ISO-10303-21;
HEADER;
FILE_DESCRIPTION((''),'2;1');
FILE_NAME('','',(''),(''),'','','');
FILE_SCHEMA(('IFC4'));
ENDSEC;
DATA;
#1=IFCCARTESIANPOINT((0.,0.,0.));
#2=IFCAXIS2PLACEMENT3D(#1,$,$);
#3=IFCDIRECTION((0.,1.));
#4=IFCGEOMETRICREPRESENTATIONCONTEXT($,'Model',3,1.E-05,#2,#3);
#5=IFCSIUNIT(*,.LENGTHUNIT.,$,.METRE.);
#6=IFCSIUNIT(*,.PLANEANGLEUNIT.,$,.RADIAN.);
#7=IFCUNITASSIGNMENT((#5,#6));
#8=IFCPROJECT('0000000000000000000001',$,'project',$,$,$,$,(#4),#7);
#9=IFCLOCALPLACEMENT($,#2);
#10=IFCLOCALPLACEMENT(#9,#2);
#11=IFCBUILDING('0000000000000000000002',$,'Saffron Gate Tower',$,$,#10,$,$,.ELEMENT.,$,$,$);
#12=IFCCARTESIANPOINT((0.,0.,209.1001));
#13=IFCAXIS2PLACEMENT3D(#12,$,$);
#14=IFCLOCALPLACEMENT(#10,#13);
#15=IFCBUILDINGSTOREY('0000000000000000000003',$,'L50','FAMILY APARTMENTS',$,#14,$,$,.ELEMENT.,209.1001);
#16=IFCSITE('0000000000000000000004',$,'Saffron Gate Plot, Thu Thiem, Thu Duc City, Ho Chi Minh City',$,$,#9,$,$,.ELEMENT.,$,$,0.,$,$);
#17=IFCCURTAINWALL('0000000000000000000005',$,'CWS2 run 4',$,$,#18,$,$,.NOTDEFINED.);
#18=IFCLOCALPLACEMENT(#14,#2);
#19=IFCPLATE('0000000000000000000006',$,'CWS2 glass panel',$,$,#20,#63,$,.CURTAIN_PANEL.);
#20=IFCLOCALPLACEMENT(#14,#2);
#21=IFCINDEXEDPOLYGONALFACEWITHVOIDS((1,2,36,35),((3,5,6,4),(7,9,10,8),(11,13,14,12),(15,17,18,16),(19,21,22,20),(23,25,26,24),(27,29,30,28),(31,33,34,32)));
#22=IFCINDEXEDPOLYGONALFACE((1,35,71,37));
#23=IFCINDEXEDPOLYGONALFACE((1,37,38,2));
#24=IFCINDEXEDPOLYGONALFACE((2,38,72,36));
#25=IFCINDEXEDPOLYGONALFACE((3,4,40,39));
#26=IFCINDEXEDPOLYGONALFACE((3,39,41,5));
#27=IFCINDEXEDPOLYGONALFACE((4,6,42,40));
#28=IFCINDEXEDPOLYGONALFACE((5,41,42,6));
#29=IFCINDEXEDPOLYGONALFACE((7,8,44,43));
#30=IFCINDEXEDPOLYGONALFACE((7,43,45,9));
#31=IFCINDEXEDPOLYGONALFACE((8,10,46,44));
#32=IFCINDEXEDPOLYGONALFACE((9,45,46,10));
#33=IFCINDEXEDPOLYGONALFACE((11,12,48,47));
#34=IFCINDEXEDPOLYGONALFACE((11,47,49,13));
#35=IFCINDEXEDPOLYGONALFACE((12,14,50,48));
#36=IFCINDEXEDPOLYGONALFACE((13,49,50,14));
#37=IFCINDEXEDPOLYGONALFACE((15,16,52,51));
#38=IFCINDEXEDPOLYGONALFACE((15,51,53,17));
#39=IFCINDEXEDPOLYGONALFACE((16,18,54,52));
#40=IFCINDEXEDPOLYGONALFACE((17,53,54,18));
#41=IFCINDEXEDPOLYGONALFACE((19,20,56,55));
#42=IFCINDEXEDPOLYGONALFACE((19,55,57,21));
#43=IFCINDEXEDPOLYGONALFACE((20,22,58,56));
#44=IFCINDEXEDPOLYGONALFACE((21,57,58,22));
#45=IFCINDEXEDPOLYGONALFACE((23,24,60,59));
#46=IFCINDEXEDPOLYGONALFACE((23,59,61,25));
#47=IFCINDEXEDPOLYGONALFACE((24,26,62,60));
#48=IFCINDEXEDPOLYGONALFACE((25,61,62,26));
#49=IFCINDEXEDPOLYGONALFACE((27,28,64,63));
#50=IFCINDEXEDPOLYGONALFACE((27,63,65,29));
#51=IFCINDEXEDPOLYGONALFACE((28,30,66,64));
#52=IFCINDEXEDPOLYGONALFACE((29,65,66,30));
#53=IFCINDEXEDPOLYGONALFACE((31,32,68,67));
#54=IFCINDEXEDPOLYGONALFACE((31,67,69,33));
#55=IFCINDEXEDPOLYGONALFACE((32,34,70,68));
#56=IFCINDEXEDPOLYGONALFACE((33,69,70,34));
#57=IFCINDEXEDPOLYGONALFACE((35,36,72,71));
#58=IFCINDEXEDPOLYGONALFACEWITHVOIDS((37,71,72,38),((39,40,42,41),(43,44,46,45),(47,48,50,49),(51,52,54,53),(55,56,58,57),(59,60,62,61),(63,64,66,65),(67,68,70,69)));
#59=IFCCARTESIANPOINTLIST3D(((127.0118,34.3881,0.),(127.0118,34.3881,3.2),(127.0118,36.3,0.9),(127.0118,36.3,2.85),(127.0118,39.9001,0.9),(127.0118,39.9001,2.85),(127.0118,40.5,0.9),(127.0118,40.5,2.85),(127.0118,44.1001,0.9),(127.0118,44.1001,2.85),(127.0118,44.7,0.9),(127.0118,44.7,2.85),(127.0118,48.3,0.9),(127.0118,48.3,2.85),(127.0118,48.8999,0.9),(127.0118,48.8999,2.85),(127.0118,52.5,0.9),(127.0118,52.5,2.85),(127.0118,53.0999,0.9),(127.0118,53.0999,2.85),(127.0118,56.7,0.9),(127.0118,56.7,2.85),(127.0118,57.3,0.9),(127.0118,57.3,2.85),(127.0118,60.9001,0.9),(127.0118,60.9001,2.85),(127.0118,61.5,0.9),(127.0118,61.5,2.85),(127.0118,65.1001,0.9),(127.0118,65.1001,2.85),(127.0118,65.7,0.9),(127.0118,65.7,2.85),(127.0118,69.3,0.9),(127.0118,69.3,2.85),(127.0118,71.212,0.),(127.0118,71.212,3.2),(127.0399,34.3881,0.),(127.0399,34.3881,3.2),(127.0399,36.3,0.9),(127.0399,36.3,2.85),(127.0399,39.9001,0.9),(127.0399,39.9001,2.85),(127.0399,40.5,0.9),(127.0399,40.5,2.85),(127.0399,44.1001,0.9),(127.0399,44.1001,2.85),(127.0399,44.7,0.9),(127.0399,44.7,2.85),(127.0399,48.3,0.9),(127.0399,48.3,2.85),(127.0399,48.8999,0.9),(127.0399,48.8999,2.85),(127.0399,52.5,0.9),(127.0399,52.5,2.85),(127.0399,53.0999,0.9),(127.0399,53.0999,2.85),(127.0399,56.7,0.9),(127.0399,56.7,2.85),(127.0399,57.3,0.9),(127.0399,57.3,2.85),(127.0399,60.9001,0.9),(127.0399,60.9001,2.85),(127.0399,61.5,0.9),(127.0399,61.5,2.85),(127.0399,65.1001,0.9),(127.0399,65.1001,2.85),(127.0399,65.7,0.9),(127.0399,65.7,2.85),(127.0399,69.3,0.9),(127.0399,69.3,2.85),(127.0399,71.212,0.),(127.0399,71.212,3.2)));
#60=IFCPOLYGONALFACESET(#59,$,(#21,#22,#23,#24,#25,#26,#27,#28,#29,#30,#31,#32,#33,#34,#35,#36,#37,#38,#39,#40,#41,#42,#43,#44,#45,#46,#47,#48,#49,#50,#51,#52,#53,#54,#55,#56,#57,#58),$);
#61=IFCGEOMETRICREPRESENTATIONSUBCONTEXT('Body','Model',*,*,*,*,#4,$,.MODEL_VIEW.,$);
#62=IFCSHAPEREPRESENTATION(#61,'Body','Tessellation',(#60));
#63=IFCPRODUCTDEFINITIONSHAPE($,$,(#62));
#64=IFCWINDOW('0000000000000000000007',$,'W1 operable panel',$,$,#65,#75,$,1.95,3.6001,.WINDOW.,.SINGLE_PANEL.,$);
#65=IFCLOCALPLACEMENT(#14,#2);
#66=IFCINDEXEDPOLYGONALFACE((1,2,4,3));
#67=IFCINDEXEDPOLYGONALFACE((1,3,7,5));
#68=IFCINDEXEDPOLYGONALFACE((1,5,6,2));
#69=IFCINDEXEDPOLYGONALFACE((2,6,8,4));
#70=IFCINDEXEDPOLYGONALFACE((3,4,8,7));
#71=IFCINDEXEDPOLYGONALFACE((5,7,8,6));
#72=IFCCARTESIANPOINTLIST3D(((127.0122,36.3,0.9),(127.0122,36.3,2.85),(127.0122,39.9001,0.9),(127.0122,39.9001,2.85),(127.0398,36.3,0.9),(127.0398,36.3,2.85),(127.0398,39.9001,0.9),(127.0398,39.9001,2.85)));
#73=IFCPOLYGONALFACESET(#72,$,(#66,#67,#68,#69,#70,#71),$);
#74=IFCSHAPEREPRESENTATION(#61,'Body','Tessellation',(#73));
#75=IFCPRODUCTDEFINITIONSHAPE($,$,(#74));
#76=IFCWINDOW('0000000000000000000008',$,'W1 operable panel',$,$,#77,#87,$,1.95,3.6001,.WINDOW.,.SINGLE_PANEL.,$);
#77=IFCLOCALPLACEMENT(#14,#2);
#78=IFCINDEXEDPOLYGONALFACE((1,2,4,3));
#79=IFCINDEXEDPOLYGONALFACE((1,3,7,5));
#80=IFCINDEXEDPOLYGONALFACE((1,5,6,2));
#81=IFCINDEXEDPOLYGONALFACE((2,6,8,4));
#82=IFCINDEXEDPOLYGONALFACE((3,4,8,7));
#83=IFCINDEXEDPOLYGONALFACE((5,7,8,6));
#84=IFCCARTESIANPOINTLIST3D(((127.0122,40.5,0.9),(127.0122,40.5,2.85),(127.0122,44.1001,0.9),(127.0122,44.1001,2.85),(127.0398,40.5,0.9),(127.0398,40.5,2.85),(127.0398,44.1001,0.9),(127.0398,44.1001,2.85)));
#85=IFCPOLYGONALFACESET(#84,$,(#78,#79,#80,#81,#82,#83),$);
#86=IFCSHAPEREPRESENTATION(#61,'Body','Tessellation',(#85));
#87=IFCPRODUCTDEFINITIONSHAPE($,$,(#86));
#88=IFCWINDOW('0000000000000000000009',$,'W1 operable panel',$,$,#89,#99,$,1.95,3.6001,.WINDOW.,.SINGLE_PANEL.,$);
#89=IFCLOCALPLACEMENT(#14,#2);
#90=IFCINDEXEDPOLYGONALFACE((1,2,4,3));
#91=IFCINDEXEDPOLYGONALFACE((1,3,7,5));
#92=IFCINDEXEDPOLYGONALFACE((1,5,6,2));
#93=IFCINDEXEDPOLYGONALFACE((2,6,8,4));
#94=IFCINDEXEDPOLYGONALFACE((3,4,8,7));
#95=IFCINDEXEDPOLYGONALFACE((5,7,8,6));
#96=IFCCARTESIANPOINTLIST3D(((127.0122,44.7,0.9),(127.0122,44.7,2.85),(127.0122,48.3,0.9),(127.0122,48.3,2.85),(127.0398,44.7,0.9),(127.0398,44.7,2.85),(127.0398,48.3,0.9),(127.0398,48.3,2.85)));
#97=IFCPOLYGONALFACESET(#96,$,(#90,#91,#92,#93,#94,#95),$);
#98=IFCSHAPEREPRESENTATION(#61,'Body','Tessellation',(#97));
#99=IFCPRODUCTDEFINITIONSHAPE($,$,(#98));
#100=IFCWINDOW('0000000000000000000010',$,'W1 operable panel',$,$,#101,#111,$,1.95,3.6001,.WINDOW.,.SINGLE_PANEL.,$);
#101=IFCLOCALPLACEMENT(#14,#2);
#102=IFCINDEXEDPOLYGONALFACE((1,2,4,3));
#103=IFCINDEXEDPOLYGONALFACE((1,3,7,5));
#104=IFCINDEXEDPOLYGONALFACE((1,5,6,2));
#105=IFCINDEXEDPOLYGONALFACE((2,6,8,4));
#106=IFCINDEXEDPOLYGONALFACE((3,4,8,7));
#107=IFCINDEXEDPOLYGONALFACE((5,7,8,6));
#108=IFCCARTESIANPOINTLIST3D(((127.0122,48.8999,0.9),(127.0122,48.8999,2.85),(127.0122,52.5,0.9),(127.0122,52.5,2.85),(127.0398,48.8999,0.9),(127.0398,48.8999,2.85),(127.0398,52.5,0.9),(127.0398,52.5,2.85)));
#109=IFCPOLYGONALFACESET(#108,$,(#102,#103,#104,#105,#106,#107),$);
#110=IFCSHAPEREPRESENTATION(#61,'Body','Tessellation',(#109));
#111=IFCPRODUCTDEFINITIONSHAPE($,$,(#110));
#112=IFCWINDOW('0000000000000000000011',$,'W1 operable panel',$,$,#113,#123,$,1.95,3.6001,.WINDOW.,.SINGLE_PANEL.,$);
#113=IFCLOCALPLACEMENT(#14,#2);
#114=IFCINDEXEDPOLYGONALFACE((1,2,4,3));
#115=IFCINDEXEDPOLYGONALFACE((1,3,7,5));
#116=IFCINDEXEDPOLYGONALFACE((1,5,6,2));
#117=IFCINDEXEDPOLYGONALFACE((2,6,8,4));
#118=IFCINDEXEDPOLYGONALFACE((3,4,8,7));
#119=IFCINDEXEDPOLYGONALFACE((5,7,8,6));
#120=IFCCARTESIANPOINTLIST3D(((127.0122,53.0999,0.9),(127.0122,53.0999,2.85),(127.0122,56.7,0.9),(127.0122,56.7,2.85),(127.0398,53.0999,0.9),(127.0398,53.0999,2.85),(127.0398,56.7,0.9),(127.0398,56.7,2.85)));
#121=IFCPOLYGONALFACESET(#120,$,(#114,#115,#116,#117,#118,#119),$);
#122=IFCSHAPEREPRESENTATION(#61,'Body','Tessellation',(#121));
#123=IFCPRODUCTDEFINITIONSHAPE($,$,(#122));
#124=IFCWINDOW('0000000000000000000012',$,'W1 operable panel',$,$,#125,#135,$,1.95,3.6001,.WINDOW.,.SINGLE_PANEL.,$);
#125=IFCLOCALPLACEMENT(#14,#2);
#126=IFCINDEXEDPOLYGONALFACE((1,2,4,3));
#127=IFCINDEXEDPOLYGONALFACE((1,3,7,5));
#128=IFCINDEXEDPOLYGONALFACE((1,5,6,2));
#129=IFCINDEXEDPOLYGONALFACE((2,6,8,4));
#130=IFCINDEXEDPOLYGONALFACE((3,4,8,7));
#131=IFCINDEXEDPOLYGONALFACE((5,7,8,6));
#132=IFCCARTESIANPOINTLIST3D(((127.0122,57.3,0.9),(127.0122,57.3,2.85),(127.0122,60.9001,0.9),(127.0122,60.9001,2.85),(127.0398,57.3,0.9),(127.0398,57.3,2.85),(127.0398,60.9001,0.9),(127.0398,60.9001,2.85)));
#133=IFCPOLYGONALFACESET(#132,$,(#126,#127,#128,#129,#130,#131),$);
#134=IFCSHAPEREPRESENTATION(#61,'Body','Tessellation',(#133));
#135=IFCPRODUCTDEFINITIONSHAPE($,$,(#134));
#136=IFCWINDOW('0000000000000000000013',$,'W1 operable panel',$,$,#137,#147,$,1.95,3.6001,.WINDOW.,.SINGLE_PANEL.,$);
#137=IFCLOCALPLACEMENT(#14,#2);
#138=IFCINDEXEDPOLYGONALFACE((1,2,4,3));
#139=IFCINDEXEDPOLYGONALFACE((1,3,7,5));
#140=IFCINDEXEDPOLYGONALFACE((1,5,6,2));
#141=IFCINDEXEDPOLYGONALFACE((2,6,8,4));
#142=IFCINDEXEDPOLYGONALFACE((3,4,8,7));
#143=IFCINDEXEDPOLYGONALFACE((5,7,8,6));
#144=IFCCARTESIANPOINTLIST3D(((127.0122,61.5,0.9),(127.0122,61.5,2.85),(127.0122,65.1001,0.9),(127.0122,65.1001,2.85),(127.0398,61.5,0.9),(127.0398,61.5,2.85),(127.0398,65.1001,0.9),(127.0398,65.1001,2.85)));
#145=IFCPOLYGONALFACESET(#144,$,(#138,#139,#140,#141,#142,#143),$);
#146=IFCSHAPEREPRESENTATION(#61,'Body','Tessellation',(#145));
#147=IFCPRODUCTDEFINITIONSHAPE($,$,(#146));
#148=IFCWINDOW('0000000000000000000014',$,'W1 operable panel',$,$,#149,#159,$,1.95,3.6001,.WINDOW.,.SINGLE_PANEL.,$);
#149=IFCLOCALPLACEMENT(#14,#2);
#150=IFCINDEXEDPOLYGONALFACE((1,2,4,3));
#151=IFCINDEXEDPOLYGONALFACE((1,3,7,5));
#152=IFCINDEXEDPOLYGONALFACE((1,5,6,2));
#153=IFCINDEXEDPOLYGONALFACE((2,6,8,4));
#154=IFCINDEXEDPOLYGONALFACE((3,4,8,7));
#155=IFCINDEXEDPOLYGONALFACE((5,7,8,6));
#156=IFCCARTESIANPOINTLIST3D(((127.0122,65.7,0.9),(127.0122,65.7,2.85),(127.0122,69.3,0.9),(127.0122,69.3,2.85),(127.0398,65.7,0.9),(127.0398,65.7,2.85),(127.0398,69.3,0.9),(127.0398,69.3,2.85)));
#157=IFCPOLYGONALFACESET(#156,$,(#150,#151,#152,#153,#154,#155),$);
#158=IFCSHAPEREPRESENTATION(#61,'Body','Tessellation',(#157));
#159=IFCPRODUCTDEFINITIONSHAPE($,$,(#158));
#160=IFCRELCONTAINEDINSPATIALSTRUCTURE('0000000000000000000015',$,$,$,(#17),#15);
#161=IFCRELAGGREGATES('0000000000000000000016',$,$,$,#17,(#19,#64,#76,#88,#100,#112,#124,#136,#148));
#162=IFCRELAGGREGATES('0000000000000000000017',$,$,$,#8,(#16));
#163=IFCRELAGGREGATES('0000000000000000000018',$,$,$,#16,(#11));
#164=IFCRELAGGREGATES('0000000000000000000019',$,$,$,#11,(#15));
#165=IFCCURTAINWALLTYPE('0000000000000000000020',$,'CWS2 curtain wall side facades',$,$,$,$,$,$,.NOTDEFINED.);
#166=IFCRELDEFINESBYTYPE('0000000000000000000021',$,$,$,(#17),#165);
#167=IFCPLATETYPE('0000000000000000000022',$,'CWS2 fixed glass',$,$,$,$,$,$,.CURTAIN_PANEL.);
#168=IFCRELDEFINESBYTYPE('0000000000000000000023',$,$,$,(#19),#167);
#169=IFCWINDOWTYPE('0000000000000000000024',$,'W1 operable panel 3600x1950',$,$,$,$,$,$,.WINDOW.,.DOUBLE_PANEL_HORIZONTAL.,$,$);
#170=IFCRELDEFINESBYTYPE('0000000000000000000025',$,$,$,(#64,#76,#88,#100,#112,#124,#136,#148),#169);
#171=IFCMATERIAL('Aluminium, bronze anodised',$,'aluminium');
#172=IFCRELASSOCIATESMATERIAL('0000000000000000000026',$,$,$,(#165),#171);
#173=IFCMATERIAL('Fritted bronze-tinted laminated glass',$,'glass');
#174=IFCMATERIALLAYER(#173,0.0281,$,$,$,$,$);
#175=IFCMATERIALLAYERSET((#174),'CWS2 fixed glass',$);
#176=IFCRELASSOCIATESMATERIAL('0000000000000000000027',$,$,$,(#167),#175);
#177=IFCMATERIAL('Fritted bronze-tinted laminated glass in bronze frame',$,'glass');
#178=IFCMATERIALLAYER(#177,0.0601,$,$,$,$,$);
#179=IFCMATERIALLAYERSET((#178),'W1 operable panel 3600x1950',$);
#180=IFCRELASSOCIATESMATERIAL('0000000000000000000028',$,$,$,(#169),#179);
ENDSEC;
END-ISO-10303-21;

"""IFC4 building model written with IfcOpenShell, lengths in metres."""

from ifc_helpers import new_model, si_unit, direction, frame, frame_2d, origin, place, context, subcontext, project, spatial, rectangle, extrude, material, layer, layer_set, type_object, element, fill, aggregate, save


model = new_model("IFC4")

# Units and contexts
model_context = context("Model", 3, precision=1e-05, world=origin(), true_north=direction((0.0, 1.0)))
body_context = subcontext(model_context, "Body", "Model", "MODEL_VIEW")
ifc_project = project(units=[si_unit("LENGTHUNIT", "METRE"), si_unit("PLANEANGLEUNIT", "RADIAN")], contexts=[model_context])

# Site, building, storey
site_placement = place(None, origin())
site = spatial("IfcSite", under=ifc_project, at=site_placement, Name="Saffron Gate Plot, Thu Thiem, Thu Duc City, Ho Chi Minh City", CompositionType="ELEMENT", RefElevation=0.0)
building_placement = place(site_placement, origin())
building = spatial("IfcBuilding", under=site, at=building_placement, Name="Saffron Gate Tower", CompositionType="ELEMENT")
storey_placement = place(building_placement, frame((0.0, 0.0, 209.1001)))
storey = spatial("IfcBuildingStorey", under=building, at=storey_placement, Name="L50", Description="FAMILY APARTMENTS", CompositionType="ELEMENT", Elevation=209.1001)

# Curtain wall
ifc_material_1 = material(Name="Aluminium, bronze anodised", Category="aluminium")
curtain_wall_type_1 = type_object("IfcCurtainWallType", Name="CWS2 curtain wall side facades", PredefinedType="NOTDEFINED", material=ifc_material_1)
curtain_wall_1_placement = place(storey_placement, origin())
curtain_wall_1 = element("IfcCurtainWall", 1, at=curtain_wall_1_placement, inside=storey, type_object=curtain_wall_type_1, Name="CWS2 run 4", PredefinedType="NOTDEFINED")

# Plate, openings, windows
ifc_material_2 = material(Name="Fritted bronze-tinted laminated glass", Category="glass")
ifc_layer_1 = layer(ifc_material_2, 0.0281)
ifc_layer_set_1 = layer_set([ifc_layer_1], Name="CWS2 fixed glass")
plate_type_1 = type_object("IfcPlateType", Name="CWS2 fixed glass", PredefinedType="CURTAIN_PANEL", material=ifc_layer_set_1)
plate_1_placement = place(storey_placement, frame((127.0259, 34.3879, 0.0), z_axis=(0.0, 0.0, 1.0), x_axis=(0.0, 1.0, 0.0)))
plate_1 = element("IfcPlate", 2, at=plate_1_placement, type_object=plate_type_1, Name="CWS2 glass panel", PredefinedType="CURTAIN_PANEL", context=body_context, shape_type="SweptSolid", body=[
    extrude(rectangle(XDim=36.824, YDim=0.0281, at=frame_2d((18.4121, 0.0))), origin(), (0.0, 0.0, 1.0), 3.2),
])
opening_1_placement = place(plate_1_placement, frame((1.9121, 0.0, 0.8999)))
opening_1 = element("IfcOpeningElement", 3, at=opening_1_placement, cuts=plate_1, PredefinedType="OPENING", context=body_context, shape_type="SweptSolid", body=[
    extrude(rectangle(XDim=3.6001, YDim=1.95, at=frame_2d((1.8, 0.9751))), frame((0.0, 0.0239, 0.0), z_axis=(0.0, -1.0, 0.0), x_axis=(1.0, 0.0, 0.0)), (0.0, 0.0, 1.0), 0.0481),
])
opening_2_placement = place(plate_1_placement, frame((6.1121, 0.0, 0.8999)))
opening_2 = element("IfcOpeningElement", 4, at=opening_2_placement, cuts=plate_1, PredefinedType="OPENING", context=body_context, shape_type="SweptSolid", body=[
    extrude(rectangle(XDim=3.6001, YDim=1.95, at=frame_2d((1.8, 0.9751))), frame((0.0, 0.0239, 0.0), z_axis=(0.0, -1.0, 0.0), x_axis=(1.0, 0.0, 0.0)), (0.0, 0.0, 1.0), 0.0481),
])
opening_3_placement = place(plate_1_placement, frame((10.312, 0.0, 0.8999)))
opening_3 = element("IfcOpeningElement", 5, at=opening_3_placement, cuts=plate_1, PredefinedType="OPENING", context=body_context, shape_type="SweptSolid", body=[
    extrude(rectangle(XDim=3.6001, YDim=1.95, at=frame_2d((1.8, 0.9751))), frame((0.0, 0.0239, 0.0), z_axis=(0.0, -1.0, 0.0), x_axis=(1.0, 0.0, 0.0)), (0.0, 0.0, 1.0), 0.0481),
])
opening_4_placement = place(plate_1_placement, frame((14.512, 0.0, 0.8999)))
opening_4 = element("IfcOpeningElement", 6, at=opening_4_placement, cuts=plate_1, PredefinedType="OPENING", context=body_context, shape_type="SweptSolid", body=[
    extrude(rectangle(XDim=3.6001, YDim=1.95, at=frame_2d((1.8, 0.9751))), frame((0.0, 0.0239, 0.0), z_axis=(0.0, -1.0, 0.0), x_axis=(1.0, 0.0, 0.0)), (0.0, 0.0, 1.0), 0.0481),
])
opening_5_placement = place(plate_1_placement, frame((18.7119, 0.0, 0.8999)))
opening_5 = element("IfcOpeningElement", 7, at=opening_5_placement, cuts=plate_1, PredefinedType="OPENING", context=body_context, shape_type="SweptSolid", body=[
    extrude(rectangle(XDim=3.6001, YDim=1.95, at=frame_2d((1.8, 0.9751))), frame((0.0, 0.0239, 0.0), z_axis=(0.0, -1.0, 0.0), x_axis=(1.0, 0.0, 0.0)), (0.0, 0.0, 1.0), 0.0481),
])
opening_6_placement = place(plate_1_placement, frame((22.9121, 0.0, 0.8999)))
opening_6 = element("IfcOpeningElement", 8, at=opening_6_placement, cuts=plate_1, PredefinedType="OPENING", context=body_context, shape_type="SweptSolid", body=[
    extrude(rectangle(XDim=3.6001, YDim=1.95, at=frame_2d((1.8, 0.9751))), frame((0.0, 0.0239, 0.0), z_axis=(0.0, -1.0, 0.0), x_axis=(1.0, 0.0, 0.0)), (0.0, 0.0, 1.0), 0.0481),
])
opening_7_placement = place(plate_1_placement, frame((27.1121, 0.0, 0.8999)))
opening_7 = element("IfcOpeningElement", 9, at=opening_7_placement, cuts=plate_1, PredefinedType="OPENING", context=body_context, shape_type="SweptSolid", body=[
    extrude(rectangle(XDim=3.6001, YDim=1.95, at=frame_2d((1.8, 0.9751))), frame((0.0, 0.0239, 0.0), z_axis=(0.0, -1.0, 0.0), x_axis=(1.0, 0.0, 0.0)), (0.0, 0.0, 1.0), 0.0481),
])
opening_8_placement = place(plate_1_placement, frame((31.312, 0.0, 0.8999)))
opening_8 = element("IfcOpeningElement", 10, at=opening_8_placement, cuts=plate_1, PredefinedType="OPENING", context=body_context, shape_type="SweptSolid", body=[
    extrude(rectangle(XDim=3.6001, YDim=1.95, at=frame_2d((1.8, 0.9751))), frame((0.0, 0.0239, 0.0), z_axis=(0.0, -1.0, 0.0), x_axis=(1.0, 0.0, 0.0)), (0.0, 0.0, 1.0), 0.0481),
])
ifc_material_3 = material(Name="Fritted bronze-tinted laminated glass in bronze frame", Category="glass")
ifc_layer_2 = layer(ifc_material_3, 0.0601)
ifc_layer_set_2 = layer_set([ifc_layer_2], Name="W1 operable panel 3600x1950")
window_type = type_object("IfcWindowType", Name="W1 operable panel 3600x1950", PartitioningType="DOUBLE_PANEL_HORIZONTAL", PredefinedType="WINDOW", material=ifc_layer_set_2)
window_1_placement = place(opening_1_placement, origin())
window_1 = element("IfcWindow", 11, at=window_1_placement, type_object=window_type, Name="W1 operable panel", OverallHeight=1.95, OverallWidth=3.6001, PartitioningType="SINGLE_PANEL", PredefinedType="WINDOW", context=body_context, shape_type="SweptSolid", body=[
    extrude(rectangle(XDim=3.6001, YDim=1.95, at=frame_2d((1.8, 0.9751))), frame((0.0, 0.0137, 0.0), z_axis=(0.0, -1.0, 0.0), x_axis=(1.0, 0.0, 0.0)), (0.0, 0.0, 1.0), 0.0276),
])
fill(opening_1, window_1)
window_2_placement = place(opening_2_placement, origin())
window_2 = element("IfcWindow", 12, at=window_2_placement, type_object=window_type, Name="W1 operable panel", OverallHeight=1.95, OverallWidth=3.6001, PartitioningType="SINGLE_PANEL", PredefinedType="WINDOW", context=body_context, shape_type="SweptSolid", body=[
    extrude(rectangle(XDim=3.6001, YDim=1.95, at=frame_2d((1.8, 0.9751))), frame((0.0, 0.0137, 0.0), z_axis=(0.0, -1.0, 0.0), x_axis=(1.0, 0.0, 0.0)), (0.0, 0.0, 1.0), 0.0276),
])
fill(opening_2, window_2)
window_3_placement = place(opening_3_placement, origin())
window_3 = element("IfcWindow", 13, at=window_3_placement, type_object=window_type, Name="W1 operable panel", OverallHeight=1.95, OverallWidth=3.6001, PartitioningType="SINGLE_PANEL", PredefinedType="WINDOW", context=body_context, shape_type="SweptSolid", body=[
    extrude(rectangle(XDim=3.6001, YDim=1.95, at=frame_2d((1.8, 0.9751))), frame((0.0, 0.0137, 0.0), z_axis=(0.0, -1.0, 0.0), x_axis=(1.0, 0.0, 0.0)), (0.0, 0.0, 1.0), 0.0276),
])
fill(opening_3, window_3)
window_4_placement = place(opening_4_placement, origin())
window_4 = element("IfcWindow", 14, at=window_4_placement, type_object=window_type, Name="W1 operable panel", OverallHeight=1.95, OverallWidth=3.6001, PartitioningType="SINGLE_PANEL", PredefinedType="WINDOW", context=body_context, shape_type="SweptSolid", body=[
    extrude(rectangle(XDim=3.6001, YDim=1.95, at=frame_2d((1.8, 0.9751))), frame((0.0, 0.0137, 0.0), z_axis=(0.0, -1.0, 0.0), x_axis=(1.0, 0.0, 0.0)), (0.0, 0.0, 1.0), 0.0276),
])
fill(opening_4, window_4)
window_5_placement = place(opening_5_placement, origin())
window_5 = element("IfcWindow", 15, at=window_5_placement, type_object=window_type, Name="W1 operable panel", OverallHeight=1.95, OverallWidth=3.6001, PartitioningType="SINGLE_PANEL", PredefinedType="WINDOW", context=body_context, shape_type="SweptSolid", body=[
    extrude(rectangle(XDim=3.6001, YDim=1.95, at=frame_2d((1.8, 0.9751))), frame((0.0, 0.0137, 0.0), z_axis=(0.0, -1.0, 0.0), x_axis=(1.0, 0.0, 0.0)), (0.0, 0.0, 1.0), 0.0276),
])
fill(opening_5, window_5)
window_6_placement = place(opening_6_placement, origin())
window_6 = element("IfcWindow", 16, at=window_6_placement, type_object=window_type, Name="W1 operable panel", OverallHeight=1.95, OverallWidth=3.6001, PartitioningType="SINGLE_PANEL", PredefinedType="WINDOW", context=body_context, shape_type="SweptSolid", body=[
    extrude(rectangle(XDim=3.6001, YDim=1.95, at=frame_2d((1.8, 0.9751))), frame((0.0, 0.0137, 0.0), z_axis=(0.0, -1.0, 0.0), x_axis=(1.0, 0.0, 0.0)), (0.0, 0.0, 1.0), 0.0276),
])
fill(opening_6, window_6)
window_7_placement = place(opening_7_placement, origin())
window_7 = element("IfcWindow", 17, at=window_7_placement, type_object=window_type, Name="W1 operable panel", OverallHeight=1.95, OverallWidth=3.6001, PartitioningType="SINGLE_PANEL", PredefinedType="WINDOW", context=body_context, shape_type="SweptSolid", body=[
    extrude(rectangle(XDim=3.6001, YDim=1.95, at=frame_2d((1.8, 0.9751))), frame((0.0, 0.0137, 0.0), z_axis=(0.0, -1.0, 0.0), x_axis=(1.0, 0.0, 0.0)), (0.0, 0.0, 1.0), 0.0276),
])
fill(opening_7, window_7)
window_8_placement = place(opening_8_placement, origin())
window_8 = element("IfcWindow", 18, at=window_8_placement, type_object=window_type, Name="W1 operable panel", OverallHeight=1.95, OverallWidth=3.6001, PartitioningType="SINGLE_PANEL", PredefinedType="WINDOW", context=body_context, shape_type="SweptSolid", body=[
    extrude(rectangle(XDim=3.6001, YDim=1.95, at=frame_2d((1.8, 0.9751))), frame((0.0, 0.0137, 0.0), z_axis=(0.0, -1.0, 0.0), x_axis=(1.0, 0.0, 0.0)), (0.0, 0.0, 1.0), 0.0276),
])
fill(opening_8, window_8)
aggregate(curtain_wall_1, [plate_1, window_1, window_2, window_3, window_4, window_5, window_6, window_7, window_8])

save(model, "model.ifc")
